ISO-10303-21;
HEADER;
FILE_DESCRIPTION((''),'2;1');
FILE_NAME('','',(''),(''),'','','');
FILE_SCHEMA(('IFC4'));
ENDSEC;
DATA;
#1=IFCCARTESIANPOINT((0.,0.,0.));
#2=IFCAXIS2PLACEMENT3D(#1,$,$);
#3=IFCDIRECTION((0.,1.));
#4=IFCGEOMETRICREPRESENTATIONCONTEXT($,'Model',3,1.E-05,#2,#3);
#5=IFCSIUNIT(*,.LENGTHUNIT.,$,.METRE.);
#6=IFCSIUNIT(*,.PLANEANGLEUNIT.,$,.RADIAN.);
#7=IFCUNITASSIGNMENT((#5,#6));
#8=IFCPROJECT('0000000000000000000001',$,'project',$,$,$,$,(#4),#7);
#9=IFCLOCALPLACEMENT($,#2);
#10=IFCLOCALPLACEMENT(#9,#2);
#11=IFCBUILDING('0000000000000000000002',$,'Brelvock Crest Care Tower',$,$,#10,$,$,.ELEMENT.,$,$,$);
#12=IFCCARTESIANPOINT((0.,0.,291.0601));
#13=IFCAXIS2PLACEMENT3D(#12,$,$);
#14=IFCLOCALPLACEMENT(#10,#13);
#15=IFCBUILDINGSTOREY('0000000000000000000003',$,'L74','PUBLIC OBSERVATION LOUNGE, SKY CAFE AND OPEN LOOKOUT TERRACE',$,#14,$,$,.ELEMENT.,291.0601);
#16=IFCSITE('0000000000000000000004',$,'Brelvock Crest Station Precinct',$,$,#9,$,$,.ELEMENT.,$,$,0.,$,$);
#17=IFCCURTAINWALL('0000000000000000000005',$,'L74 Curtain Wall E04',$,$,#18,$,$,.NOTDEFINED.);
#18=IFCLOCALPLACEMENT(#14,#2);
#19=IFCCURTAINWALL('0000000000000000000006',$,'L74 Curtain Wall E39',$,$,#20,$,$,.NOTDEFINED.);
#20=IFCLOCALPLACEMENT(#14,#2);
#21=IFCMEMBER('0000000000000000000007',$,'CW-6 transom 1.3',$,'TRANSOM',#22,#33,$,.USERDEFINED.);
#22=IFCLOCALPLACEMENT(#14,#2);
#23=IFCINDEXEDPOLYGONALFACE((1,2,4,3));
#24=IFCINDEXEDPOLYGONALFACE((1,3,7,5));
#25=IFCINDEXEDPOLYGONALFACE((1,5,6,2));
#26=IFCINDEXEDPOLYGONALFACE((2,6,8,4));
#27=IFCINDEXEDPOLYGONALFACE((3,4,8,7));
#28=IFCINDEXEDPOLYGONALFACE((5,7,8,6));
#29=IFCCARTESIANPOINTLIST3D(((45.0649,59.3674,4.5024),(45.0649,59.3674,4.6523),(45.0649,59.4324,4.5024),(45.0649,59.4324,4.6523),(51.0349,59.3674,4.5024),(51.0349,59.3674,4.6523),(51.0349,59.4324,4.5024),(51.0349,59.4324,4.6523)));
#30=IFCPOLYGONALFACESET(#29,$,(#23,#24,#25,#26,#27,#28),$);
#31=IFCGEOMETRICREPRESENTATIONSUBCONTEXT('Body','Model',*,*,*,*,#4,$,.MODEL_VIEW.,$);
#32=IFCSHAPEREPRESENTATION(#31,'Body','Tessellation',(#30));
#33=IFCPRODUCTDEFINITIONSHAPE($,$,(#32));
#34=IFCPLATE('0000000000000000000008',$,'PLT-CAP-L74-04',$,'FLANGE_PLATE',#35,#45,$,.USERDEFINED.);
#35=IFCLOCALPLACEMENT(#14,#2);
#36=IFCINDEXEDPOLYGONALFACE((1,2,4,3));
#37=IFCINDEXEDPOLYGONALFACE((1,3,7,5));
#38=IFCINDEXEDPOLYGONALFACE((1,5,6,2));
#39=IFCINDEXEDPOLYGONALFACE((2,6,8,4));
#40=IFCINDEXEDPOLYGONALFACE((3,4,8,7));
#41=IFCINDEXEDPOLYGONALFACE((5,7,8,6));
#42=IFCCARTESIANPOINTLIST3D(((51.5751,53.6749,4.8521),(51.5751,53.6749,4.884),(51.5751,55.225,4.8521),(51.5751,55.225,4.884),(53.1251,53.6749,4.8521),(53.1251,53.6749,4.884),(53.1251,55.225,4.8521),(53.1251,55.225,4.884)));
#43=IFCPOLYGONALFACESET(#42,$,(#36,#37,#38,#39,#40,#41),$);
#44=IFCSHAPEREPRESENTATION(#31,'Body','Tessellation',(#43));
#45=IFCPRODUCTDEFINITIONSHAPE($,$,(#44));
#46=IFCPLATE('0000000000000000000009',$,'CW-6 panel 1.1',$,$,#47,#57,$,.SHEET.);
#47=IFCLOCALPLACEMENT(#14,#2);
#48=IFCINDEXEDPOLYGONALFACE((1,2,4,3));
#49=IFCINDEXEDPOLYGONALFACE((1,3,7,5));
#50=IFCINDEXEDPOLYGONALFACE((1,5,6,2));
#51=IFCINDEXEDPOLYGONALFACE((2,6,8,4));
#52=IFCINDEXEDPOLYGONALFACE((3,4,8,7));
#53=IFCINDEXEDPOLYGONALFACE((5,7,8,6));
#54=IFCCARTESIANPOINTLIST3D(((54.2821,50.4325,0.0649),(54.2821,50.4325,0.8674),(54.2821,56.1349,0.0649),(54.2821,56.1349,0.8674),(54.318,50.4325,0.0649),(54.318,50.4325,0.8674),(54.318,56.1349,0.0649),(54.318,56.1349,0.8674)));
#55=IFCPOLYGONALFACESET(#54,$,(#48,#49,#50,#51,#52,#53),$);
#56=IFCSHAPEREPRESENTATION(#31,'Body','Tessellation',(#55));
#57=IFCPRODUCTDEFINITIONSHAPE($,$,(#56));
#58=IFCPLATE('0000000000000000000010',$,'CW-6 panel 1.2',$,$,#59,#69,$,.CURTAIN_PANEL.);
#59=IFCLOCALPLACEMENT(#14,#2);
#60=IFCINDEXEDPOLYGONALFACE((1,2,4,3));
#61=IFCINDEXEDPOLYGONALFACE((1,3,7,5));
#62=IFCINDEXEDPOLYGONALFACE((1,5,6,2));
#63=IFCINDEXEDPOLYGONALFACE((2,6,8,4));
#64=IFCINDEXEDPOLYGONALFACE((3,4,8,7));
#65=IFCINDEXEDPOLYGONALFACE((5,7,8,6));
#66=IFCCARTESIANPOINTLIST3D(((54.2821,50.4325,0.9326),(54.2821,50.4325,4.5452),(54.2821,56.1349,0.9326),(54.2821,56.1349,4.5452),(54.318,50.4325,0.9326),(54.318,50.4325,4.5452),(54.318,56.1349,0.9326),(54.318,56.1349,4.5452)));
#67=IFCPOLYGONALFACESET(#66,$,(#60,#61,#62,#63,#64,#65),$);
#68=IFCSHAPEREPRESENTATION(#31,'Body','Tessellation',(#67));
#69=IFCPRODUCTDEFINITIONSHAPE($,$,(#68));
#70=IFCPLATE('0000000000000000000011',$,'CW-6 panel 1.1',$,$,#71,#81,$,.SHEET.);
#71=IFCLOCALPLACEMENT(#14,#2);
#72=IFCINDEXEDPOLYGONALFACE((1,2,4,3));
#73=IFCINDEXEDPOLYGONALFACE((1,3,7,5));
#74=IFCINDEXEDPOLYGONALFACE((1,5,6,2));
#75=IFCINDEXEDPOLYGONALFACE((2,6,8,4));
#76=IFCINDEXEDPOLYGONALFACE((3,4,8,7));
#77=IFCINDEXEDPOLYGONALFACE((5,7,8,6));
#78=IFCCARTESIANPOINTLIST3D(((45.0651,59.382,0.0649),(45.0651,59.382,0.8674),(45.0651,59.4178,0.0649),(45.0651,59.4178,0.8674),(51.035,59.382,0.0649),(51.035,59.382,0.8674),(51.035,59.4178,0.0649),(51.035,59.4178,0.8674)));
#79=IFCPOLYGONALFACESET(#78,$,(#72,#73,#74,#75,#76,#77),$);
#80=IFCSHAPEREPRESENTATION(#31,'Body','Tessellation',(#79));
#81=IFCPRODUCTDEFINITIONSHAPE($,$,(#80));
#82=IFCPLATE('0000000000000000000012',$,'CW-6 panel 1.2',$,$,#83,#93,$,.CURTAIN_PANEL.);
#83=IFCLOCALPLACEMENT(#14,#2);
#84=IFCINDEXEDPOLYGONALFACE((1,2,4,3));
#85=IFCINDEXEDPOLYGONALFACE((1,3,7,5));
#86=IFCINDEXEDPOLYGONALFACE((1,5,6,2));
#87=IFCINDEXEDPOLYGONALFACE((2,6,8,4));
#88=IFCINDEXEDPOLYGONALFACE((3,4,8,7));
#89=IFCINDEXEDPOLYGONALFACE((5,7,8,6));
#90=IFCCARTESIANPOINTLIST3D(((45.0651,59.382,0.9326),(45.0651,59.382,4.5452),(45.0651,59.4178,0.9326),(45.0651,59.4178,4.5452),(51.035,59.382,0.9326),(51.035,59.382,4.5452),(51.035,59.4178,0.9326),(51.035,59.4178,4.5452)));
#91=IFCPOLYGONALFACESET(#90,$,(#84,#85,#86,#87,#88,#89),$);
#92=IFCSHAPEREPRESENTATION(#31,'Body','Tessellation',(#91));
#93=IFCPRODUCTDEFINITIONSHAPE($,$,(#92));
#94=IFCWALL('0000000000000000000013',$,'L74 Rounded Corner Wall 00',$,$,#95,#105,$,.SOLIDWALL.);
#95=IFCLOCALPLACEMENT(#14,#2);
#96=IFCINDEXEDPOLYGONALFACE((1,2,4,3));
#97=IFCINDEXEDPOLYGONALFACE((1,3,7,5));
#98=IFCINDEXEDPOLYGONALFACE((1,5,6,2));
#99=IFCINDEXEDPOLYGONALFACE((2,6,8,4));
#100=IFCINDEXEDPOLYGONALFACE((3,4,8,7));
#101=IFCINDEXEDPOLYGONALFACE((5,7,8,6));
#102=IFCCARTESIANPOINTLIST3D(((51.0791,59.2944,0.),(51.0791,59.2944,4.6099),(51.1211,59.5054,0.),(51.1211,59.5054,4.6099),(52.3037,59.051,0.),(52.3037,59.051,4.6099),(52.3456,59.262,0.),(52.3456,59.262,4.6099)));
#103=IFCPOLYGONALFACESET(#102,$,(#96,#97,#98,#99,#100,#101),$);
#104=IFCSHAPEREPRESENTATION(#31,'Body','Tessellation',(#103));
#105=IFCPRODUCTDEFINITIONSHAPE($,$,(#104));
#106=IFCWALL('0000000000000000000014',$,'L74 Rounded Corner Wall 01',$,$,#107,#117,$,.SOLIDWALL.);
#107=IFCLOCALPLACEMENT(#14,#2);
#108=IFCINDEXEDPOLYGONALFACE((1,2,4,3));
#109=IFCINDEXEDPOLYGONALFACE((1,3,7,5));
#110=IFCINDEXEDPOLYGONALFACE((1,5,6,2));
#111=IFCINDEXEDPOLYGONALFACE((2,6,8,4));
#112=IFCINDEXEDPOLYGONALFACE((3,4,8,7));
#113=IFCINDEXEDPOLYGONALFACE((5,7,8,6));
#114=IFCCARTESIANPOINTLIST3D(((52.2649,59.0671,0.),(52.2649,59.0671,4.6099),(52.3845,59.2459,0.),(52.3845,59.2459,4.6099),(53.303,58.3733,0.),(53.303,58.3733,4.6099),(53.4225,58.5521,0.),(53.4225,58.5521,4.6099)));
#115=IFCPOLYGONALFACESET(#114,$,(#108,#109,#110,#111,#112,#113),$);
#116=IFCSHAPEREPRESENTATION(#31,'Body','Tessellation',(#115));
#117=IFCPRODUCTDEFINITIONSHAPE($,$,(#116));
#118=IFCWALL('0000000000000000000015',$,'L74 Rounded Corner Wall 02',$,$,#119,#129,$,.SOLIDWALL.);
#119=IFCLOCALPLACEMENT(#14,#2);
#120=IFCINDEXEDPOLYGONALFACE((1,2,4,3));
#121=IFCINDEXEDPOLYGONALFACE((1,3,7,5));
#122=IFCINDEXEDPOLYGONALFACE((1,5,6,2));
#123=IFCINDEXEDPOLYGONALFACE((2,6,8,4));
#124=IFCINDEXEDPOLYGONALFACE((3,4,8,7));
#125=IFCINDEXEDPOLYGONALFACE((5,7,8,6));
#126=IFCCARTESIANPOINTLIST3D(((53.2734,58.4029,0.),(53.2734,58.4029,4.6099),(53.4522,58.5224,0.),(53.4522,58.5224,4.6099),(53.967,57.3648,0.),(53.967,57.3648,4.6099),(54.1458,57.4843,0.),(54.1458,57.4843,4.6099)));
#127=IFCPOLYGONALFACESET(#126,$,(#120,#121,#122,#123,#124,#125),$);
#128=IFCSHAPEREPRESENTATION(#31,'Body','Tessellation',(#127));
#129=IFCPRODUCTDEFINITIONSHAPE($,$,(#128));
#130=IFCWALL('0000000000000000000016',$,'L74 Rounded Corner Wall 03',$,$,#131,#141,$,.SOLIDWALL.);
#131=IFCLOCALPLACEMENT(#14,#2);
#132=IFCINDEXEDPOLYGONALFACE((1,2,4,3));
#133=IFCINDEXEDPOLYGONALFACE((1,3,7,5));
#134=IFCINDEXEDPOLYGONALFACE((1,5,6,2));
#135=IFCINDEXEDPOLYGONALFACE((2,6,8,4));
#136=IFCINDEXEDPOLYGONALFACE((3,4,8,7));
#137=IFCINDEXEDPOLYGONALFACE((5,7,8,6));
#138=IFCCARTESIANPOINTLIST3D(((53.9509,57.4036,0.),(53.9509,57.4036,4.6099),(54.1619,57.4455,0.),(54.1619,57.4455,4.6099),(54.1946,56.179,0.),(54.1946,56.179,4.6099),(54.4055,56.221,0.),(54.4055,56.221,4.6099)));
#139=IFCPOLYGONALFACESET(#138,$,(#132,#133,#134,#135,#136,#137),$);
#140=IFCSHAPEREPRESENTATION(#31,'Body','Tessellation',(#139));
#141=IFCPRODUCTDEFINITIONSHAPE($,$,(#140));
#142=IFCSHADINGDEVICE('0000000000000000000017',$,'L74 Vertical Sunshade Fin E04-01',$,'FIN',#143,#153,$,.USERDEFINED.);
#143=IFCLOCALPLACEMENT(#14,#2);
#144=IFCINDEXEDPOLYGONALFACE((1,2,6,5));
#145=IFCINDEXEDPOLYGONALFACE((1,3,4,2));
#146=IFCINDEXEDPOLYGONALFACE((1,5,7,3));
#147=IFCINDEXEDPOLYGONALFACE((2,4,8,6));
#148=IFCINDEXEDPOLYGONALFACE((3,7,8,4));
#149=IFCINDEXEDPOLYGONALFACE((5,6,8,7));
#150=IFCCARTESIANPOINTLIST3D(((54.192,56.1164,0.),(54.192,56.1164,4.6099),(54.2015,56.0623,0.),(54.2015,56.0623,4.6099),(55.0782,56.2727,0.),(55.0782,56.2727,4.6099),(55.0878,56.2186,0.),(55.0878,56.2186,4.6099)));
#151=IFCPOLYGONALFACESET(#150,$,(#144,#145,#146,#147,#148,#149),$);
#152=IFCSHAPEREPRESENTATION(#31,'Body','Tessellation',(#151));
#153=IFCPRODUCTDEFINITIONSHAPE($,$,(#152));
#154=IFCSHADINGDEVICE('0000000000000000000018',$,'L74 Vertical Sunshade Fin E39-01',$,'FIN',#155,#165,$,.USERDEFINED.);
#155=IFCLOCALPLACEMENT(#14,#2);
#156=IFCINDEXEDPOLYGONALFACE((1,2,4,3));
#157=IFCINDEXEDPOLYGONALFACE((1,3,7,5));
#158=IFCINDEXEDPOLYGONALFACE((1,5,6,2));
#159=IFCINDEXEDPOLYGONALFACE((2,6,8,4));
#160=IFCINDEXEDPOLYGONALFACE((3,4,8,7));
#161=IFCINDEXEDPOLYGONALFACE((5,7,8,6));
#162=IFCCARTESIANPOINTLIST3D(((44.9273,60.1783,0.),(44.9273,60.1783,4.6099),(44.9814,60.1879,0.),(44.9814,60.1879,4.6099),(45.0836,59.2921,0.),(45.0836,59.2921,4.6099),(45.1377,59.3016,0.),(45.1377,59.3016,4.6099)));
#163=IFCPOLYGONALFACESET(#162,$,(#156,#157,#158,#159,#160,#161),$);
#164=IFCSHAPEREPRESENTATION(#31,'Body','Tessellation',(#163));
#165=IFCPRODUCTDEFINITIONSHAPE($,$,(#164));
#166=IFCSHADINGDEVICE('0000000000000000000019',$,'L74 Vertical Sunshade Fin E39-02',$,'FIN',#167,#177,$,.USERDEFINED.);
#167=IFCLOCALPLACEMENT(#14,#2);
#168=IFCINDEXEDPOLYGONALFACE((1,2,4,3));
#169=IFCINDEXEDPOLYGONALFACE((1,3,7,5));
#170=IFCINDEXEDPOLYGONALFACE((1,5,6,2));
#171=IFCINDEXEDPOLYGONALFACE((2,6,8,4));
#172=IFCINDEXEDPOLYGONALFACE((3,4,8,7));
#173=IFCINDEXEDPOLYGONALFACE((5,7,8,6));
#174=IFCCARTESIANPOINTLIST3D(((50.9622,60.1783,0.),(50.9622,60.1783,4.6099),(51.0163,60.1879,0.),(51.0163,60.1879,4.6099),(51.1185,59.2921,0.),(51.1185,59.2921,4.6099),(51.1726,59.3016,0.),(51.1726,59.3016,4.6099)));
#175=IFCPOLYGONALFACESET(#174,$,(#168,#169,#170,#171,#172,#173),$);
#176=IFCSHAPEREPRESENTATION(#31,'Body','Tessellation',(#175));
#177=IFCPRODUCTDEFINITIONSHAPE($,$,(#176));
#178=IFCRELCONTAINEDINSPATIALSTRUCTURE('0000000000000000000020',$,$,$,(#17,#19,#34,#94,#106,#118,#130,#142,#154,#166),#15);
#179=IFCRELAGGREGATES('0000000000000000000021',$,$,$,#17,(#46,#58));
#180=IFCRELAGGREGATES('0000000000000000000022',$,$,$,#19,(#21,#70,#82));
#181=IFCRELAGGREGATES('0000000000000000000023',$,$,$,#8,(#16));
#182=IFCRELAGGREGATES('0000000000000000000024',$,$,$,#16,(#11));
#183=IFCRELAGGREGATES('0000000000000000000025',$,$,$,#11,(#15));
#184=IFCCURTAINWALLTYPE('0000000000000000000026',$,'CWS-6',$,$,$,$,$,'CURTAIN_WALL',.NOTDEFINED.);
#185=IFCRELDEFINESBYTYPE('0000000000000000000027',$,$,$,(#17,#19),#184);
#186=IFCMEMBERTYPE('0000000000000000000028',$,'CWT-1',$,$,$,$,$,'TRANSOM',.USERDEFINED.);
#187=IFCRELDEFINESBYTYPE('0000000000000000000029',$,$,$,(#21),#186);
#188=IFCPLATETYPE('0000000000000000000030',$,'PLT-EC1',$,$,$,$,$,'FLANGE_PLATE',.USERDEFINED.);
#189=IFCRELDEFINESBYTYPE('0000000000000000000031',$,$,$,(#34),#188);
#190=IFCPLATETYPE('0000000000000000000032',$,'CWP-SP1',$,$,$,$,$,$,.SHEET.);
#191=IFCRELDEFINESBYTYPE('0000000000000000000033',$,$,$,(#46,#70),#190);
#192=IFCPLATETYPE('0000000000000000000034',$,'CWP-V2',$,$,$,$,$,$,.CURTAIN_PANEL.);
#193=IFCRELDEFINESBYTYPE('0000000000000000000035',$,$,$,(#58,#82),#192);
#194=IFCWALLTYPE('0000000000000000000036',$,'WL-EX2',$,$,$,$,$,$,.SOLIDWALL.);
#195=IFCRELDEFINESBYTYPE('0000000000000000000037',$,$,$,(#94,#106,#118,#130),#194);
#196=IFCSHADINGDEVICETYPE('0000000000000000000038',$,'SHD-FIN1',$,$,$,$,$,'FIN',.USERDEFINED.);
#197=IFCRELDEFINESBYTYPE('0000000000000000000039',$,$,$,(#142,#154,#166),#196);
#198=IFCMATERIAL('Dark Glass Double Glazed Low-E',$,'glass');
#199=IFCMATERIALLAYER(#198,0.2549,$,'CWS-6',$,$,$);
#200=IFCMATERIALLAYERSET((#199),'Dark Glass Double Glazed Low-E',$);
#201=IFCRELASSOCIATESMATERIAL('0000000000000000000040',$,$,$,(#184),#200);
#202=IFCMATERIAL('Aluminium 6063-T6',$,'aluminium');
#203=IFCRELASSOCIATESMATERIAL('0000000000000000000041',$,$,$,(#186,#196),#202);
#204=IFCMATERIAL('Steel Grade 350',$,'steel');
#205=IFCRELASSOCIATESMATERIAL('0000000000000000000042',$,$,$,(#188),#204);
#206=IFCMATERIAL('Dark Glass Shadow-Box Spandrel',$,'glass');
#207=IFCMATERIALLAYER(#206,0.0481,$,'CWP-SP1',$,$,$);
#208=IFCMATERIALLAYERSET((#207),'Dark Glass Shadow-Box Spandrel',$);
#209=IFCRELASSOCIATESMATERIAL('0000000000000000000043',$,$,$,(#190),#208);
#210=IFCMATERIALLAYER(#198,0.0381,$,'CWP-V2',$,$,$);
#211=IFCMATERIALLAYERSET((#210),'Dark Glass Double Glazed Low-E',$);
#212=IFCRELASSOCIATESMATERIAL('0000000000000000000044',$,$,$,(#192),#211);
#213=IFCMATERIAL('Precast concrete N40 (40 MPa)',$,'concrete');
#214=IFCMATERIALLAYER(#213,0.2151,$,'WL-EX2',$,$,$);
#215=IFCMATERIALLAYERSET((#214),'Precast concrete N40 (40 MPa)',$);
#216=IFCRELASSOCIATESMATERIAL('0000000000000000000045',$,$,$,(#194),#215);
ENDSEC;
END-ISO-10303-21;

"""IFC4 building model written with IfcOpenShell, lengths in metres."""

from ifc_helpers import new_model, si_unit, direction, frame, frame_2d, origin, origin_2d, place, context, subcontext, project, spatial, rectangle, extrude, source, transform, mapped, material, layer, layer_set, material_profile, profile_set, type_object, element, aggregate, save


model = new_model("IFC4")

# Units and contexts
model_context = context("Model", 3, precision=1e-05, world=origin(), true_north=direction((0.0, 1.0)))
body_context = subcontext(model_context, "Body", "Model", "MODEL_VIEW")
ifc_project = project(units=[si_unit("LENGTHUNIT", "METRE"), si_unit("PLANEANGLEUNIT", "RADIAN")], contexts=[model_context])

# Site, building, storey
site_placement = place(None, origin())
site = spatial("IfcSite", under=ifc_project, at=site_placement, Name="Brelvock Crest Station Precinct", CompositionType="ELEMENT", RefElevation=0.0)
building_placement = place(site_placement, origin())
building = spatial("IfcBuilding", under=site, at=building_placement, Name="Brelvock Crest Care Tower", CompositionType="ELEMENT")
storey_placement = place(building_placement, frame((0.0, 0.0, 291.0601)))
storey = spatial("IfcBuildingStorey", under=building, at=storey_placement, Name="L74", Description="PUBLIC OBSERVATION LOUNGE, SKY CAFE AND OPEN LOOKOUT TERRACE", CompositionType="ELEMENT", Elevation=291.0601)

# Shared definitions
ifc_material_1 = material(Name="Steel Grade 350", Category="steel")

# Curtain walls, member
ifc_material_2 = material(Name="Dark Glass Double Glazed Low-E", Category="glass")
ifc_layer_1 = layer(ifc_material_2, 0.2549, Name="CWS-6")
ifc_layer_set_1 = layer_set([ifc_layer_1], Name="Dark Glass Double Glazed Low-E")
curtain_wall_type = type_object("IfcCurtainWallType", Name="CWS-6", ElementType="CURTAIN_WALL", PredefinedType="NOTDEFINED", material=ifc_layer_set_1)
curtain_wall_1_placement = place(storey_placement, origin())
curtain_wall_1 = element("IfcCurtainWall", 1, at=curtain_wall_1_placement, inside=storey, type_object=curtain_wall_type, Name="L74 Curtain Wall E04", PredefinedType="NOTDEFINED")
ifc_material_3 = material(Name="Aluminium 6063-T6", Category="aluminium")
ifc_material_profile_1 = material_profile(ifc_material_3, rectangle(XDim=0.0649, YDim=0.1499, at=origin_2d()), Name="ALU65x150")
ifc_profile_set_1 = profile_set([ifc_material_profile_1], Name="Aluminium 6063-T6")
member_type_1 = type_object("IfcMemberType", Name="CWT-1", ElementType="TRANSOM", PredefinedType="USERDEFINED", material=ifc_profile_set_1)
curtain_wall_2_placement = place(storey_placement, origin())
curtain_wall_2 = element("IfcCurtainWall", 2, at=curtain_wall_2_placement, inside=storey, type_object=curtain_wall_type, Name="L74 Curtain Wall E39", PredefinedType="NOTDEFINED")
shared_shape_1 = source(origin(), body_context, "Body", "SweptSolid", [
    extrude(rectangle(XDim=0.0649, YDim=0.1499, at=origin_2d()), origin(), (0.0, 0.0, 1.0), 5.97),
])
member_1_placement = place(storey_placement, frame((45.0649, 59.3999, 4.5774), z_axis=(1.0, 0.0, 0.0), x_axis=(0.0, 1.0, 0.0)))
member_1 = element("IfcMember", 3, at=member_1_placement, type_object=member_type_1, Name="CW-6 transom 1.3", ObjectType="TRANSOM", PredefinedType="USERDEFINED", context=body_context, shape_type="MappedRepresentation", body=[
    mapped(shared_shape_1, transform((0.0, 0.0, 0.0), x_axis=(1.0, 0.0, 0.0), y_axis=(0.0, 1.0, 0.0), z_axis=(0.0, 0.0, 1.0), scale=1.0)),
])

# Plates
plate_type_1 = type_object("IfcPlateType", Name="PLT-EC1", ElementType="FLANGE_PLATE", PredefinedType="USERDEFINED", material=ifc_material_1)
shared_shape_2 = source(origin(), body_context, "Body", "SweptSolid", [
    extrude(rectangle(XDim=1.55, YDim=1.55, at=origin_2d()), origin(), (0.0, 0.0, 1.0), 0.032),
])
plate_1_placement = place(storey_placement, frame((52.3501, 54.45, 4.8521), z_axis=(0.0, 0.0, 1.0), x_axis=(1.0, 0.0, 0.0)))
element("IfcPlate", 4, at=plate_1_placement, inside=storey, type_object=plate_type_1, Name="PLT-CAP-L74-04", ObjectType="FLANGE_PLATE", PredefinedType="USERDEFINED", context=body_context, shape_type="MappedRepresentation", body=[
    mapped(shared_shape_2, transform((0.0, 0.0, 0.0), x_axis=(1.0, 0.0, 0.0), y_axis=(0.0, 1.0, 0.0), z_axis=(0.0, 0.0, 1.0), scale=1.0)),
])
ifc_material_4 = material(Name="Dark Glass Shadow-Box Spandrel", Category="glass")
ifc_layer_2 = layer(ifc_material_4, 0.0481, Name="CWP-SP1")
ifc_layer_set_2 = layer_set([ifc_layer_2], Name="Dark Glass Shadow-Box Spandrel")
plate_type_2 = type_object("IfcPlateType", Name="CWP-SP1", PredefinedType="SHEET", material=ifc_layer_set_2)
shared_shape_3 = source(origin(), body_context, "Body", "SweptSolid", [
    extrude(rectangle(XDim=5.7024, YDim=0.0359, at=origin_2d()), origin(), (0.0, 0.0, 1.0), 0.8025),
])
plate_2_placement = place(storey_placement, frame((54.3, 53.2837, 0.0649), z_axis=(0.0, 0.0, 1.0), x_axis=(0.0, -1.0, 0.0)))
plate_2 = element("IfcPlate", 5, at=plate_2_placement, type_object=plate_type_2, Name="CW-6 panel 1.1", PredefinedType="SHEET", context=body_context, shape_type="MappedRepresentation", body=[
    mapped(shared_shape_3, transform((0.0, 0.0, 0.0), x_axis=(1.0, 0.0, 0.0), y_axis=(0.0, 1.0, 0.0), z_axis=(0.0, 0.0, 1.0), scale=1.0)),
])
ifc_layer_3 = layer(ifc_material_2, 0.0381, Name="CWP-V2")
ifc_layer_set_3 = layer_set([ifc_layer_3], Name="Dark Glass Double Glazed Low-E")
plate_type_3 = type_object("IfcPlateType", Name="CWP-V2", PredefinedType="CURTAIN_PANEL", material=ifc_layer_set_3)
shared_shape_4 = source(origin(), body_context, "Body", "SweptSolid", [
    extrude(rectangle(XDim=5.7024, YDim=0.0359, at=origin_2d()), origin(), (0.0, 0.0, 1.0), 3.6125),
])
plate_3_placement = place(storey_placement, frame((54.3, 53.2837, 0.9326), z_axis=(0.0, 0.0, 1.0), x_axis=(0.0, -1.0, 0.0)))
plate_3 = element("IfcPlate", 6, at=plate_3_placement, type_object=plate_type_3, Name="CW-6 panel 1.2", PredefinedType="CURTAIN_PANEL", context=body_context, shape_type="MappedRepresentation", body=[
    mapped(shared_shape_4, transform((0.0, 0.0, 0.0), x_axis=(1.0, 0.0, 0.0), y_axis=(0.0, 1.0, 0.0), z_axis=(0.0, 0.0, 1.0), scale=1.0)),
])
aggregate(curtain_wall_1, [plate_2, plate_3])
shared_shape_5 = source(origin(), body_context, "Body", "SweptSolid", [
    extrude(rectangle(XDim=5.97, YDim=0.0359, at=origin_2d()), origin(), (0.0, 0.0, 1.0), 0.8025),
])
plate_4_placement = place(storey_placement, frame((48.05, 59.3999, 0.0649), z_axis=(0.0, 0.0, 1.0), x_axis=(1.0, 0.0, 0.0)))
plate_4 = element("IfcPlate", 7, at=plate_4_placement, type_object=plate_type_2, Name="CW-6 panel 1.1", PredefinedType="SHEET", context=body_context, shape_type="MappedRepresentation", body=[
    mapped(shared_shape_5, transform((0.0, 0.0, 0.0), x_axis=(1.0, 0.0, 0.0), y_axis=(0.0, 1.0, 0.0), z_axis=(0.0, 0.0, 1.0), scale=1.0)),
])
shared_shape_6 = source(origin(), body_context, "Body", "SweptSolid", [
    extrude(rectangle(XDim=5.97, YDim=0.0359, at=origin_2d()), origin(), (0.0, 0.0, 1.0), 3.6125),
])
plate_5_placement = place(storey_placement, frame((48.05, 59.3999, 0.9326), z_axis=(0.0, 0.0, 1.0), x_axis=(1.0, 0.0, 0.0)))
plate_5 = element("IfcPlate", 8, at=plate_5_placement, type_object=plate_type_3, Name="CW-6 panel 1.2", PredefinedType="CURTAIN_PANEL", context=body_context, shape_type="MappedRepresentation", body=[
    mapped(shared_shape_6, transform((0.0, 0.0, 0.0), x_axis=(1.0, 0.0, 0.0), y_axis=(0.0, 1.0, 0.0), z_axis=(0.0, 0.0, 1.0), scale=1.0)),
])
aggregate(curtain_wall_2, [member_1, plate_4, plate_5])

# Walls
ifc_material_5 = material(Name="Precast concrete N40 (40 MPa)", Category="concrete")
ifc_layer_4 = layer(ifc_material_5, 0.2151, Name="WL-EX2")
ifc_layer_set_4 = layer_set([ifc_layer_4], Name="Precast concrete N40 (40 MPa)")
wall_type = type_object("IfcWallType", Name="WL-EX2", PredefinedType="SOLIDWALL", material=ifc_layer_set_4)
for number, where, z_axis, x_axis, name in (
    (9, (51.1001, 59.3999, 0.0), (0.0, 0.0, 1.0), (0.980813, -0.19495, 0.0), "L74 Rounded Corner Wall 00"),
    (10, (52.3247, 59.1565, 0.0), (0.0, 0.0, 1.0), (0.831388, -0.555692, 0.0), "L74 Rounded Corner Wall 01"),
    (11, (53.3628, 58.4626, 0.0), (0.0, 0.0, 1.0), (0.555557, -0.831478, 0.0), "L74 Rounded Corner Wall 02"),
    (12, (54.0564, 57.4246, 0.0), (0.0, 0.0, 1.0), (0.195138, -0.980776, 0.0), "L74 Rounded Corner Wall 03"),
):
    element("IfcWall", number, at=place(storey_placement, frame(where, z_axis=z_axis, x_axis=x_axis)), inside=storey, type_object=wall_type, Name=name, PredefinedType="SOLIDWALL", context=body_context, shape_type="SweptSolid", body=[
        extrude(rectangle(XDim=1.2485, YDim=0.2151, at=frame_2d((0.6243, 0.0))), origin(), (0.0, 0.0, 1.0), 4.6099),
    ])

# Shading devices
ifc_material_profile_2 = material_profile(ifc_material_3, rectangle(XDim=0.0549, YDim=0.8999, at=origin_2d()), Name="FIN55x900")
ifc_profile_set_2 = profile_set([ifc_material_profile_2], Name="Aluminium 6063-T6")
shading_device_type = type_object("IfcShadingDeviceType", Name="SHD-FIN1", ElementType="FIN", PredefinedType="USERDEFINED", material=ifc_profile_set_2)
shared_shape_7 = source(origin(), body_context, "Body", "SweptSolid", [
    extrude(rectangle(XDim=0.0549, YDim=0.8999, at=origin_2d()), origin(), (0.0, 0.0, 1.0), 4.6099),
])
for number, where, z_axis, x_axis, name in (
    (13, (54.6399, 56.1675, 0.0), (0.0, 0.0, 1.0), (0.173648, -0.984808, 0.0), "L74 Vertical Sunshade Fin E04-01"),
    (14, (45.0325, 59.74, 0.0), (0.0, 0.0, 1.0), (0.984808, 0.173648, 0.0), "L74 Vertical Sunshade Fin E39-01"),
    (15, (51.0674, 59.74, 0.0), (0.0, 0.0, 1.0), (0.984808, 0.173648, 0.0), "L74 Vertical Sunshade Fin E39-02"),
):
    element("IfcShadingDevice", number, at=place(storey_placement, frame(where, z_axis=z_axis, x_axis=x_axis)), inside=storey, type_object=shading_device_type, Name=name, ObjectType="FIN", PredefinedType="USERDEFINED", context=body_context, shape_type="MappedRepresentation", body=[
        mapped(shared_shape_7, transform((0.0, 0.0, 0.0), x_axis=(1.0, 0.0, 0.0), y_axis=(0.0, 1.0, 0.0), z_axis=(0.0, 0.0, 1.0), scale=1.0)),
    ])

save(model, "model.ifc")
